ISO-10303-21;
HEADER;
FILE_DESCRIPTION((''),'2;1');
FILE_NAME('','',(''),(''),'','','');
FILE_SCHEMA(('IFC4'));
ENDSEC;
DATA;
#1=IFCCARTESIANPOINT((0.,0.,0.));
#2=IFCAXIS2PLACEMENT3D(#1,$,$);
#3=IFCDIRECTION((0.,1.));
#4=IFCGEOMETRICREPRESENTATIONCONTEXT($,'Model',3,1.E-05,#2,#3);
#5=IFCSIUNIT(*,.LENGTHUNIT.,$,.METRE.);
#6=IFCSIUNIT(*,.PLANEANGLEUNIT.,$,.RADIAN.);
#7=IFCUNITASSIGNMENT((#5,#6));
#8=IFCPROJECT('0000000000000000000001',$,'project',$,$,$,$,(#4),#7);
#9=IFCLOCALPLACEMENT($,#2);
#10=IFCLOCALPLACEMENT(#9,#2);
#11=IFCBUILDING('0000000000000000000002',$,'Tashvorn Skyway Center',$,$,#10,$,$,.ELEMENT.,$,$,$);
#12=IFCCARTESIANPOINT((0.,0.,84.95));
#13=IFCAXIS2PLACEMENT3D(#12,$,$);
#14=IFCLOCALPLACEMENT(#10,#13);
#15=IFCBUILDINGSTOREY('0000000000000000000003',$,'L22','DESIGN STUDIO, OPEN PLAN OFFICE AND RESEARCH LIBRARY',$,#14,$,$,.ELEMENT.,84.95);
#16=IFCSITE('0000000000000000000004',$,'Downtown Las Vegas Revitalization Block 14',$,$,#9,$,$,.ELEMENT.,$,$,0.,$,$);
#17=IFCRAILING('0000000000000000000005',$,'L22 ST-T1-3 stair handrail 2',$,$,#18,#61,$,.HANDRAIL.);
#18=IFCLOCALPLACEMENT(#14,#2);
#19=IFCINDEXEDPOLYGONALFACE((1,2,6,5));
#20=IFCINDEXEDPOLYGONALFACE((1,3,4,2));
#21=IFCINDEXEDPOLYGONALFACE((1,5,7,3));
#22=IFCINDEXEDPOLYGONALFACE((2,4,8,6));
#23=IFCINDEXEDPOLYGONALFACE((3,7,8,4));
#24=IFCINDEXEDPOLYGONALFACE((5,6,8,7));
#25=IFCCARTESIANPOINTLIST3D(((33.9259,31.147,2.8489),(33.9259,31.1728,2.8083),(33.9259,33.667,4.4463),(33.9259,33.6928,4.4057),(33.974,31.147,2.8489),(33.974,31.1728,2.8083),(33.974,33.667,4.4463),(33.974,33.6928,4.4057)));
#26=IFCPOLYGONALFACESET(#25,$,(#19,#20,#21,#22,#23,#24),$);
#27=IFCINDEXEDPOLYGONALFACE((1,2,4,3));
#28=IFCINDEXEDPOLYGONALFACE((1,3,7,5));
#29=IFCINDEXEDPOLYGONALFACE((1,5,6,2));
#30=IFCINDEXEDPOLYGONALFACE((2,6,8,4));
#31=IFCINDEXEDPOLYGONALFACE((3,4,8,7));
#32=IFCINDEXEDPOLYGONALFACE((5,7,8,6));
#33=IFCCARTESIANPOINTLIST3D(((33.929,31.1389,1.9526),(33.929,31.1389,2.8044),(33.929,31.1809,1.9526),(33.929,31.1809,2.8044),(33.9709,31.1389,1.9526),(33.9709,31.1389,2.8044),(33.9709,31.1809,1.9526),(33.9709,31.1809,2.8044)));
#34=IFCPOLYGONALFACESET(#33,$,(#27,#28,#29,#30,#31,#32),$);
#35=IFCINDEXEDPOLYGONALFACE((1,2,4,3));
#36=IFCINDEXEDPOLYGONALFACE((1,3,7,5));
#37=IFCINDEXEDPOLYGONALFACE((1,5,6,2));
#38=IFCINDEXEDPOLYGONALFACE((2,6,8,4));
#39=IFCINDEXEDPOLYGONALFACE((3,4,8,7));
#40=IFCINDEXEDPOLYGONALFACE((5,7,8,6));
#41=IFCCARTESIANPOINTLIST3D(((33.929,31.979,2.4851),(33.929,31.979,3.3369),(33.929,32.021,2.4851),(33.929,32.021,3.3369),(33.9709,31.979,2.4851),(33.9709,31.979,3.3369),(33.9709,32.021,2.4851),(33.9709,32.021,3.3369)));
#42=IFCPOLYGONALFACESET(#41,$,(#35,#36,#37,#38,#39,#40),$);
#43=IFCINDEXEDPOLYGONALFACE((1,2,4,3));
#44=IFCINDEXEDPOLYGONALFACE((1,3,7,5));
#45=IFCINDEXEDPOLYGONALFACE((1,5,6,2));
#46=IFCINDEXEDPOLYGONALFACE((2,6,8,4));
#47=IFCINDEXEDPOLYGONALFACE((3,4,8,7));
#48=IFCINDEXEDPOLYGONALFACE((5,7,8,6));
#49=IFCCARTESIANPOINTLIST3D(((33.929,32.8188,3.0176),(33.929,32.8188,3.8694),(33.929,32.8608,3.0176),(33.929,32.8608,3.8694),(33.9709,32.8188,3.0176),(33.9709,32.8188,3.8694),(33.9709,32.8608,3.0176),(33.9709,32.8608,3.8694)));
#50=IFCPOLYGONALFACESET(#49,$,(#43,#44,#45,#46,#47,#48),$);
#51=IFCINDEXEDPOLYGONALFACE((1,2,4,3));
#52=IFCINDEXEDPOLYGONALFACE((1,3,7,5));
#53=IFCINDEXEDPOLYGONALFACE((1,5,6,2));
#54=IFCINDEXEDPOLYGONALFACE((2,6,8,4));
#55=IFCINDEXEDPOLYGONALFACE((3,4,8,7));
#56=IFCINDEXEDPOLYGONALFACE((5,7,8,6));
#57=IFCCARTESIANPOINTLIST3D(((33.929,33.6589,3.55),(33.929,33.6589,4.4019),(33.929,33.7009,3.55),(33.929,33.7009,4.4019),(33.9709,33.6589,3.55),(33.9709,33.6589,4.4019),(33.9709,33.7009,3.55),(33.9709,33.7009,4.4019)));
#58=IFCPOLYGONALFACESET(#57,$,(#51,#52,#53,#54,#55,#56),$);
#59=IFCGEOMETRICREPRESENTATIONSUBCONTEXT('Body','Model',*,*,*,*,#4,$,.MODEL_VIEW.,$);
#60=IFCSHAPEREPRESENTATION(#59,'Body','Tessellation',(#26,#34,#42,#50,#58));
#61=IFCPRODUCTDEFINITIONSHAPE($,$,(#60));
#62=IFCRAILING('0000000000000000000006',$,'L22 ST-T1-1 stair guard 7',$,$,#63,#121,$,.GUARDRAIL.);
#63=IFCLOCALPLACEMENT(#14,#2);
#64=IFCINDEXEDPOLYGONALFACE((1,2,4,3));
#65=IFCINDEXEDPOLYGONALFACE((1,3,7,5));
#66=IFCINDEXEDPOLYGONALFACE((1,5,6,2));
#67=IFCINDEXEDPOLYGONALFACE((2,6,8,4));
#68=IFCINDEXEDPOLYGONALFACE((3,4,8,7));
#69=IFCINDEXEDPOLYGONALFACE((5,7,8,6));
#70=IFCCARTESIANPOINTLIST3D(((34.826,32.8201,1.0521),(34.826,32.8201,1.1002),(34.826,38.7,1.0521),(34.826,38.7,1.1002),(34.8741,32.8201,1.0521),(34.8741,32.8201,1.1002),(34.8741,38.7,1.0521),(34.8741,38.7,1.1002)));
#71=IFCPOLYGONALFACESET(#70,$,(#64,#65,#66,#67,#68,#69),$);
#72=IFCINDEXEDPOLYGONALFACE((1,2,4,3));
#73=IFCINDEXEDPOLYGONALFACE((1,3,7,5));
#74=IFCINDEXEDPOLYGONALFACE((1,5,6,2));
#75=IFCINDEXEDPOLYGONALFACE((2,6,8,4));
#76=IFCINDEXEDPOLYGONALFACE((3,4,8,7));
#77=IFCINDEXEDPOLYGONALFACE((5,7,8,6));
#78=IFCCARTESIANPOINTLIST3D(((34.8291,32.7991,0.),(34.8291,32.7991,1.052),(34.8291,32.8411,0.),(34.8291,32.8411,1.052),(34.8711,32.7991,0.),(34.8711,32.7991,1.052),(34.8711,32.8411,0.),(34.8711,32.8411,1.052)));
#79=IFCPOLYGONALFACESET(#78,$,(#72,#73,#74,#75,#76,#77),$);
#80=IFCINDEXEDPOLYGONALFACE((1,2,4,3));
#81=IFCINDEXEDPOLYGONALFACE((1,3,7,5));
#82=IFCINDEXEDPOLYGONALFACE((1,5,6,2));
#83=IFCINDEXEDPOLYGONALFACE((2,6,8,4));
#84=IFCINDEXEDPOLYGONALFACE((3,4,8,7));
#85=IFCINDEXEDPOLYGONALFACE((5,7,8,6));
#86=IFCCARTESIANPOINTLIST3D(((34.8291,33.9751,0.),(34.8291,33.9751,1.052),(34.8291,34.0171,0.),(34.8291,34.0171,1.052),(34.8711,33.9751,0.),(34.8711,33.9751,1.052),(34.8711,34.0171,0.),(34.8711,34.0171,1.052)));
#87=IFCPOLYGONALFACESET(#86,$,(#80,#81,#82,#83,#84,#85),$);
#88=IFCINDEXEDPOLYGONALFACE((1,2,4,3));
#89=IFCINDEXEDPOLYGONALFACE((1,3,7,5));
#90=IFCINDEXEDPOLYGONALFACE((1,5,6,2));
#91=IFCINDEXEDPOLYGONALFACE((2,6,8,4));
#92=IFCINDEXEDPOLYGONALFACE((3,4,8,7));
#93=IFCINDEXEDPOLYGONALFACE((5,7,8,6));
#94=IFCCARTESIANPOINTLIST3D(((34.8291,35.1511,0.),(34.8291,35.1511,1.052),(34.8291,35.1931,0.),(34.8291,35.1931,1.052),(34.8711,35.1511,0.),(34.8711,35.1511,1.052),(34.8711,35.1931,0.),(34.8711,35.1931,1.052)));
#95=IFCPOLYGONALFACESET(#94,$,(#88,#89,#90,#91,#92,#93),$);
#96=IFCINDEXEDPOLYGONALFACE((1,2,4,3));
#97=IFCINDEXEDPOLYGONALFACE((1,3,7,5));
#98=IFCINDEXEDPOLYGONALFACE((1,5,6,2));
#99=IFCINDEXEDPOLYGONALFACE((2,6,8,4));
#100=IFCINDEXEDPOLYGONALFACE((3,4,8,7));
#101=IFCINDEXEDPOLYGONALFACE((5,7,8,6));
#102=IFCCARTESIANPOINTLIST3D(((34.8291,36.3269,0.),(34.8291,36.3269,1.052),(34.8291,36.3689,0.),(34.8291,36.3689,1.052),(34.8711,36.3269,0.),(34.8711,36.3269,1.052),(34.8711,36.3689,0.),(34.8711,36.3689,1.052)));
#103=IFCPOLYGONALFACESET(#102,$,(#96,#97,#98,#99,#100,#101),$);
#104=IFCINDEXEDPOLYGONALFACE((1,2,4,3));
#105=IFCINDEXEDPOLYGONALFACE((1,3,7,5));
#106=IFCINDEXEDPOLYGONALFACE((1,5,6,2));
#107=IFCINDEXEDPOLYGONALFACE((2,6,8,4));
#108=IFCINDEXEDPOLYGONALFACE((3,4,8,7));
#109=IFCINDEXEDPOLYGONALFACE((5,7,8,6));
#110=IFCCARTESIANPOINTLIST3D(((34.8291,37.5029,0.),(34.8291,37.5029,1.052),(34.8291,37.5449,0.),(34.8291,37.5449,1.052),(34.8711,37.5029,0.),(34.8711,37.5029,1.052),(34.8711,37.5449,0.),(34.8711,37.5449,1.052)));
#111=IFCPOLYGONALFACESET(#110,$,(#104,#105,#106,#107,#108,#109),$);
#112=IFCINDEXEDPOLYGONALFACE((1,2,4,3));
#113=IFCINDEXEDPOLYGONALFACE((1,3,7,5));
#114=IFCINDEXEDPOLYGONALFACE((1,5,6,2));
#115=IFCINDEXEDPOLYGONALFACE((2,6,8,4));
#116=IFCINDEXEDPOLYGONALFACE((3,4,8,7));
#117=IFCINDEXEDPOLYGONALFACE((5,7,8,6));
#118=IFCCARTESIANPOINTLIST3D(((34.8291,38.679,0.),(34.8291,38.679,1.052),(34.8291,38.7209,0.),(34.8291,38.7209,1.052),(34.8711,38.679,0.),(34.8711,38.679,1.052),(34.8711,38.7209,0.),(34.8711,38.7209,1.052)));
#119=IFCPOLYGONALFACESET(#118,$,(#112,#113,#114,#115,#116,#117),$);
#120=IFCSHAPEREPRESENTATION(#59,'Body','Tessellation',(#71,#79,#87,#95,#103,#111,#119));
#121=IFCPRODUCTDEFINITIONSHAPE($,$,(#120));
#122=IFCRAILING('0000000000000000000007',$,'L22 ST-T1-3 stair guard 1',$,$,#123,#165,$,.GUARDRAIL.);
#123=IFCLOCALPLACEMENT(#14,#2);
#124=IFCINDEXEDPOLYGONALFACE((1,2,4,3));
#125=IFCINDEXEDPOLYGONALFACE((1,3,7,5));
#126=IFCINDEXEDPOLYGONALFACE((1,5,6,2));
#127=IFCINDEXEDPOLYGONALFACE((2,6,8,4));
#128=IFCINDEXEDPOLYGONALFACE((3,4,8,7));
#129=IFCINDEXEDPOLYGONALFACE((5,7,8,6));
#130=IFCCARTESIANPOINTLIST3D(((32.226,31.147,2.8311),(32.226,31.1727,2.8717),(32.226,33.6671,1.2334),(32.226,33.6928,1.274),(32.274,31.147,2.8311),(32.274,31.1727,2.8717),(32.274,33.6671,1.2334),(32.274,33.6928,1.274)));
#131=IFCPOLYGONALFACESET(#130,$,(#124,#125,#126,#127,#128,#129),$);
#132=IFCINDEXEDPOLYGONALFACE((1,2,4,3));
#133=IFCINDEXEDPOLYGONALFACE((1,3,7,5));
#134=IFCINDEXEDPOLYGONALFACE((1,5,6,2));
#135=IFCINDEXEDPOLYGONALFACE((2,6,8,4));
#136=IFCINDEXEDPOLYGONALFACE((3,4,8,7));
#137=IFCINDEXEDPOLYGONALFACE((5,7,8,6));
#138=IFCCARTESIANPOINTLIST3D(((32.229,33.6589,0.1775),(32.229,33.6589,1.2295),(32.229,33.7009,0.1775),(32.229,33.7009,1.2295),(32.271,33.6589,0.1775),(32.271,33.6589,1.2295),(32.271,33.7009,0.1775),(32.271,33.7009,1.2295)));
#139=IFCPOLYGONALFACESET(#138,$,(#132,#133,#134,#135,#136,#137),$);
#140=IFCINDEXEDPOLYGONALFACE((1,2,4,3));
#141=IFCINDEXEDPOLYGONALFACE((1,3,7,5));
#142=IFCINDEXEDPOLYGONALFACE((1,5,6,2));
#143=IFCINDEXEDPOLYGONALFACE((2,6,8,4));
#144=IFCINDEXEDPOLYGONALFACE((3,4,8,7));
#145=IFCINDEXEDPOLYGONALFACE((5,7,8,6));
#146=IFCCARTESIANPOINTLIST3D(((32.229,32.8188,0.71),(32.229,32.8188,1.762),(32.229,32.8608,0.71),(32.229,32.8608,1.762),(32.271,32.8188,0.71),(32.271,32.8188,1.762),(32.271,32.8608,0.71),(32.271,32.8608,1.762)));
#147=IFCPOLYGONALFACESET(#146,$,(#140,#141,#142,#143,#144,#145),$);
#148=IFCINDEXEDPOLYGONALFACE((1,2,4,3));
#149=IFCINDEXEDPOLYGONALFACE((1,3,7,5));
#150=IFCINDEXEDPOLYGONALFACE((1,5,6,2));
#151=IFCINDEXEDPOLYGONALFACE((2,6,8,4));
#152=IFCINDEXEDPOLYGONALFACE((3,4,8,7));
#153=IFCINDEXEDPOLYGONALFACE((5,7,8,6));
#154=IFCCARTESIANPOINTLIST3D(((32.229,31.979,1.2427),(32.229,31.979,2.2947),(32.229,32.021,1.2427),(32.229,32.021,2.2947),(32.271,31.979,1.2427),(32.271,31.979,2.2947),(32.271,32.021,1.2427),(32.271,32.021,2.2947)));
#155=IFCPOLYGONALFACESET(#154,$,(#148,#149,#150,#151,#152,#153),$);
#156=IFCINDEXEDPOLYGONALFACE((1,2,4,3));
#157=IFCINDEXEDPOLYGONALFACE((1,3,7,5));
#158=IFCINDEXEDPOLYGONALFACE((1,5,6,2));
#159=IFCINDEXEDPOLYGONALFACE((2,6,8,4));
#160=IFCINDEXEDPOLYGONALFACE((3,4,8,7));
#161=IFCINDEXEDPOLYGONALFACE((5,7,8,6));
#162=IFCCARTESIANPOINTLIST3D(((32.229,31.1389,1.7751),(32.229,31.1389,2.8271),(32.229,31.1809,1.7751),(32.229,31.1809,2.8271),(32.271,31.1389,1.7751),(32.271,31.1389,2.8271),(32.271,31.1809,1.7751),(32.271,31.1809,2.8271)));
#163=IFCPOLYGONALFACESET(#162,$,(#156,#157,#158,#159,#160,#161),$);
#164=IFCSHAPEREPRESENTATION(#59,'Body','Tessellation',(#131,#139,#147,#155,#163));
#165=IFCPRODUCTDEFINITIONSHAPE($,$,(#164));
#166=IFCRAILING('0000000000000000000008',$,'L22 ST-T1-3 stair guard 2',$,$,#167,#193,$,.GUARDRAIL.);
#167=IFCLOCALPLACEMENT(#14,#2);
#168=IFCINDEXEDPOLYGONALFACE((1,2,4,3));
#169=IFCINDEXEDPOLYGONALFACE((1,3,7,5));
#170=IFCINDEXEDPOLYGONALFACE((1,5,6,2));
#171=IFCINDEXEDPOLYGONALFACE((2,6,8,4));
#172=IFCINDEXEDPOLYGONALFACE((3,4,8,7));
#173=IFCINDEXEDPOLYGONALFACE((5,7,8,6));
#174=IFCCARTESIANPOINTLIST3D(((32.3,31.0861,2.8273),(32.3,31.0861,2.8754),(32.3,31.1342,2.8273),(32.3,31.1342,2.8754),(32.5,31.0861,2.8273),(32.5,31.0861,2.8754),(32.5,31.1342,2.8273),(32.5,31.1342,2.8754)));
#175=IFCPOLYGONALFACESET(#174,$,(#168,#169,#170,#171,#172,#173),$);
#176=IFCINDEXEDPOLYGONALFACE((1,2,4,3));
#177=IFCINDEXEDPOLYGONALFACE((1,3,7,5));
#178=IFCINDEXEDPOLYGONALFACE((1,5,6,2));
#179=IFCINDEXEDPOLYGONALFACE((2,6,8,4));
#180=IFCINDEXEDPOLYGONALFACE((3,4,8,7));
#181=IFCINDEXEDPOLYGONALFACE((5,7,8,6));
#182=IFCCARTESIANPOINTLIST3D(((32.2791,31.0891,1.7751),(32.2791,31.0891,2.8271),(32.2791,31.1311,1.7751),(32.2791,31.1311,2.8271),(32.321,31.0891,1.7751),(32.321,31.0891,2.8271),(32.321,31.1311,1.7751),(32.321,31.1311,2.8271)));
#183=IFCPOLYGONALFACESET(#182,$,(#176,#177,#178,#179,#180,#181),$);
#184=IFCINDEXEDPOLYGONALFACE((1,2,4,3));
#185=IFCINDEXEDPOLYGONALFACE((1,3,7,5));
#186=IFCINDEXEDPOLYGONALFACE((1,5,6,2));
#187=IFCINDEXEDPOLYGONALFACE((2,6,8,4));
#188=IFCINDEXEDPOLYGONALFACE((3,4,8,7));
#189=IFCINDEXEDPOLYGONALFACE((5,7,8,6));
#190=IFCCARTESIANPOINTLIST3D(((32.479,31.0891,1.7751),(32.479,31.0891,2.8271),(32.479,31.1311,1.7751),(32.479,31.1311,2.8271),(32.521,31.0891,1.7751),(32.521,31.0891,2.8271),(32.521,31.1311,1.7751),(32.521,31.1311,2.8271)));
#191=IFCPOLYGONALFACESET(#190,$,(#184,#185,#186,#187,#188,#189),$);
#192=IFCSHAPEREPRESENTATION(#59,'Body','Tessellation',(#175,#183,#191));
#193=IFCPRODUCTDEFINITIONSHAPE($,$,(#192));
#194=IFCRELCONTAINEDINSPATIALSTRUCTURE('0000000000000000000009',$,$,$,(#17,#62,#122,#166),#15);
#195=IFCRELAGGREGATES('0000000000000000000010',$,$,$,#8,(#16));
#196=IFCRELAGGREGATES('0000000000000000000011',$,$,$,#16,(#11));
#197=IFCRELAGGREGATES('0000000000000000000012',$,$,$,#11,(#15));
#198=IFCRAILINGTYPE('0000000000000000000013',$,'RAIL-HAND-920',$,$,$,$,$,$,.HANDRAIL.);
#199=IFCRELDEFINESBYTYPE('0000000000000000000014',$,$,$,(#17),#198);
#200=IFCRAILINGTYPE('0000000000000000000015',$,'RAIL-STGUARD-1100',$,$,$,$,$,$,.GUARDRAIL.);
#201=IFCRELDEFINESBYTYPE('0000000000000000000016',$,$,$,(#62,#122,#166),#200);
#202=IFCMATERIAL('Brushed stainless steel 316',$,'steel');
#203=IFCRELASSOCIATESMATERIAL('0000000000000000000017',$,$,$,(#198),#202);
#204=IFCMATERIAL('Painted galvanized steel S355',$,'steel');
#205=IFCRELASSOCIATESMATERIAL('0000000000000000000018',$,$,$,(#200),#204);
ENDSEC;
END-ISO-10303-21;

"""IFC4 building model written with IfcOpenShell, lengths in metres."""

from ifc_helpers import new_model, si_unit, direction, frame, origin, origin_2d, place, context, subcontext, project, spatial, rectangle, extrude, material, type_object, element, save


model = new_model("IFC4")

# Units and contexts
model_context = context("Model", 3, precision=1e-05, world=origin(), true_north=direction((0.0, 1.0)))
body_context = subcontext(model_context, "Body", "Model", "MODEL_VIEW")
ifc_project = project(units=[si_unit("LENGTHUNIT", "METRE"), si_unit("PLANEANGLEUNIT", "RADIAN")], contexts=[model_context])

# Site, building, storey
site_placement = place(None, origin())
site = spatial("IfcSite", under=ifc_project, at=site_placement, Name="Downtown Las Vegas Revitalization Block 14", CompositionType="ELEMENT", RefElevation=0.0)
building_placement = place(site_placement, origin())
building = spatial("IfcBuilding", under=site, at=building_placement, Name="Tashvorn Skyway Center", CompositionType="ELEMENT")
storey_placement = place(building_placement, frame((0.0, 0.0, 84.95)))
storey = spatial("IfcBuildingStorey", under=building, at=storey_placement, Name="L22", Description="DESIGN STUDIO, OPEN PLAN OFFICE AND RESEARCH LIBRARY", CompositionType="ELEMENT", Elevation=84.95)

# Railings
ifc_material_1 = material(Name="Brushed stainless steel 316", Category="steel")
railing_type_1 = type_object("IfcRailingType", Name="RAIL-HAND-920", PredefinedType="HANDRAIL", material=ifc_material_1)
railing_1_placement = place(storey_placement, frame((33.95, 31.1599, 1.9526)))
element("IfcRailing", 1, at=railing_1_placement, inside=storey, type_object=railing_type_1, Name="L22 ST-T1-3 stair handrail 2", PredefinedType="HANDRAIL", context=body_context, shape_type="SweptSolid", body=[
    extrude(rectangle(XDim=0.0481, YDim=0.0481, at=origin_2d()), frame((0.0, 0.0, 0.876), z_axis=(0.0, 0.844607, 0.535387), x_axis=(-1.0, 0.0, 0.0)), (0.0, 0.0, 1.0), 2.9836),
    extrude(rectangle(XDim=0.042, YDim=0.042, at=origin_2d()), origin(), (0.0, 0.0, 1.0), 0.8518),
    extrude(rectangle(XDim=0.042, YDim=0.042, at=origin_2d()), frame((0.0, 0.8401, 0.5325)), (0.0, 0.0, 1.0), 0.8518),
    extrude(rectangle(XDim=0.042, YDim=0.042, at=origin_2d()), frame((0.0, 1.6799, 1.0649)), (0.0, 0.0, 1.0), 0.8518),
    extrude(rectangle(XDim=0.042, YDim=0.042, at=origin_2d()), frame((0.0, 2.52, 1.5974)), (0.0, 0.0, 1.0), 0.8518),
])
ifc_material_2 = material(Name="Painted galvanized steel S355", Category="steel")
railing_type_2 = type_object("IfcRailingType", Name="RAIL-STGUARD-1100", PredefinedType="GUARDRAIL", material=ifc_material_2)
railing_2_placement = place(storey_placement, frame((34.8501, 32.8201, 0.0)))
element("IfcRailing", 2, at=railing_2_placement, inside=storey, type_object=railing_type_2, Name="L22 ST-T1-1 stair guard 7", PredefinedType="GUARDRAIL", context=body_context, shape_type="SweptSolid", body=[
    extrude(rectangle(XDim=0.0481, YDim=0.0481, at=origin_2d()), frame((0.0, 0.0, 1.0762), z_axis=(0.0, 1.0, 0.0), x_axis=(-1.0, 0.0, 0.0)), (0.0, 0.0, 1.0), 5.8799),
    extrude(rectangle(XDim=0.042, YDim=0.042, at=origin_2d()), origin(), (0.0, 0.0, 1.0), 1.052),
    extrude(rectangle(XDim=0.042, YDim=0.042, at=origin_2d()), frame((0.0, 1.176, 0.0)), (0.0, 0.0, 1.0), 1.052),
    extrude(rectangle(XDim=0.042, YDim=0.042, at=origin_2d()), frame((0.0, 2.3521, 0.0)), (0.0, 0.0, 1.0), 1.052),
    extrude(rectangle(XDim=0.042, YDim=0.042, at=origin_2d()), frame((0.0, 3.5278, 0.0)), (0.0, 0.0, 1.0), 1.052),
    extrude(rectangle(XDim=0.042, YDim=0.042, at=origin_2d()), frame((0.0, 4.7039, 0.0)), (0.0, 0.0, 1.0), 1.052),
    extrude(rectangle(XDim=0.042, YDim=0.042, at=origin_2d()), frame((0.0, 5.8799, 0.0)), (0.0, 0.0, 1.0), 1.052),
])
railing_3_placement = place(storey_placement, frame((32.25, 33.6799, 0.1775)))
element("IfcRailing", 3, at=railing_3_placement, inside=storey, type_object=railing_type_2, Name="L22 ST-T1-3 stair guard 1", PredefinedType="GUARDRAIL", context=body_context, shape_type="SweptSolid", body=[
    extrude(rectangle(XDim=0.0481, YDim=0.0481, at=origin_2d()), frame((0.0, 0.0, 1.0762), z_axis=(0.0, -0.84457, 0.535445), x_axis=(1.0, 0.0, 0.0)), (0.0, 0.0, 1.0), 2.9839),
    extrude(rectangle(XDim=0.042, YDim=0.042, at=origin_2d()), origin(), (0.0, 0.0, 1.0), 1.052),
    extrude(rectangle(XDim=0.042, YDim=0.042, at=origin_2d()), frame((0.0, -0.8401, 0.5325)), (0.0, 0.0, 1.0), 1.052),
    extrude(rectangle(XDim=0.042, YDim=0.042, at=origin_2d()), frame((0.0, -1.6799, 1.0652)), (0.0, 0.0, 1.0), 1.052),
    extrude(rectangle(XDim=0.042, YDim=0.042, at=origin_2d()), frame((0.0, -2.52, 1.5977)), (0.0, 0.0, 1.0), 1.052),
])
railing_4_placement = place(storey_placement, frame((32.3, 31.1101, 1.7751)))
element("IfcRailing", 4, at=railing_4_placement, inside=storey, type_object=railing_type_2, Name="L22 ST-T1-3 stair guard 2", PredefinedType="GUARDRAIL", context=body_context, shape_type="SweptSolid", body=[
    extrude(rectangle(XDim=0.0481, YDim=0.0481, at=origin_2d()), frame((0.0, 0.0, 1.0762), z_axis=(1.0, 0.0, 0.0), x_axis=(0.0, 1.0, 0.0)), (0.0, 0.0, 1.0), 0.2),
    extrude(rectangle(XDim=0.042, YDim=0.042, at=origin_2d()), origin(), (0.0, 0.0, 1.0), 1.052),
    extrude(rectangle(XDim=0.042, YDim=0.042, at=origin_2d()), frame((0.2, 0.0, 0.0)), (0.0, 0.0, 1.0), 1.052),
])

save(model, "model.ifc")
